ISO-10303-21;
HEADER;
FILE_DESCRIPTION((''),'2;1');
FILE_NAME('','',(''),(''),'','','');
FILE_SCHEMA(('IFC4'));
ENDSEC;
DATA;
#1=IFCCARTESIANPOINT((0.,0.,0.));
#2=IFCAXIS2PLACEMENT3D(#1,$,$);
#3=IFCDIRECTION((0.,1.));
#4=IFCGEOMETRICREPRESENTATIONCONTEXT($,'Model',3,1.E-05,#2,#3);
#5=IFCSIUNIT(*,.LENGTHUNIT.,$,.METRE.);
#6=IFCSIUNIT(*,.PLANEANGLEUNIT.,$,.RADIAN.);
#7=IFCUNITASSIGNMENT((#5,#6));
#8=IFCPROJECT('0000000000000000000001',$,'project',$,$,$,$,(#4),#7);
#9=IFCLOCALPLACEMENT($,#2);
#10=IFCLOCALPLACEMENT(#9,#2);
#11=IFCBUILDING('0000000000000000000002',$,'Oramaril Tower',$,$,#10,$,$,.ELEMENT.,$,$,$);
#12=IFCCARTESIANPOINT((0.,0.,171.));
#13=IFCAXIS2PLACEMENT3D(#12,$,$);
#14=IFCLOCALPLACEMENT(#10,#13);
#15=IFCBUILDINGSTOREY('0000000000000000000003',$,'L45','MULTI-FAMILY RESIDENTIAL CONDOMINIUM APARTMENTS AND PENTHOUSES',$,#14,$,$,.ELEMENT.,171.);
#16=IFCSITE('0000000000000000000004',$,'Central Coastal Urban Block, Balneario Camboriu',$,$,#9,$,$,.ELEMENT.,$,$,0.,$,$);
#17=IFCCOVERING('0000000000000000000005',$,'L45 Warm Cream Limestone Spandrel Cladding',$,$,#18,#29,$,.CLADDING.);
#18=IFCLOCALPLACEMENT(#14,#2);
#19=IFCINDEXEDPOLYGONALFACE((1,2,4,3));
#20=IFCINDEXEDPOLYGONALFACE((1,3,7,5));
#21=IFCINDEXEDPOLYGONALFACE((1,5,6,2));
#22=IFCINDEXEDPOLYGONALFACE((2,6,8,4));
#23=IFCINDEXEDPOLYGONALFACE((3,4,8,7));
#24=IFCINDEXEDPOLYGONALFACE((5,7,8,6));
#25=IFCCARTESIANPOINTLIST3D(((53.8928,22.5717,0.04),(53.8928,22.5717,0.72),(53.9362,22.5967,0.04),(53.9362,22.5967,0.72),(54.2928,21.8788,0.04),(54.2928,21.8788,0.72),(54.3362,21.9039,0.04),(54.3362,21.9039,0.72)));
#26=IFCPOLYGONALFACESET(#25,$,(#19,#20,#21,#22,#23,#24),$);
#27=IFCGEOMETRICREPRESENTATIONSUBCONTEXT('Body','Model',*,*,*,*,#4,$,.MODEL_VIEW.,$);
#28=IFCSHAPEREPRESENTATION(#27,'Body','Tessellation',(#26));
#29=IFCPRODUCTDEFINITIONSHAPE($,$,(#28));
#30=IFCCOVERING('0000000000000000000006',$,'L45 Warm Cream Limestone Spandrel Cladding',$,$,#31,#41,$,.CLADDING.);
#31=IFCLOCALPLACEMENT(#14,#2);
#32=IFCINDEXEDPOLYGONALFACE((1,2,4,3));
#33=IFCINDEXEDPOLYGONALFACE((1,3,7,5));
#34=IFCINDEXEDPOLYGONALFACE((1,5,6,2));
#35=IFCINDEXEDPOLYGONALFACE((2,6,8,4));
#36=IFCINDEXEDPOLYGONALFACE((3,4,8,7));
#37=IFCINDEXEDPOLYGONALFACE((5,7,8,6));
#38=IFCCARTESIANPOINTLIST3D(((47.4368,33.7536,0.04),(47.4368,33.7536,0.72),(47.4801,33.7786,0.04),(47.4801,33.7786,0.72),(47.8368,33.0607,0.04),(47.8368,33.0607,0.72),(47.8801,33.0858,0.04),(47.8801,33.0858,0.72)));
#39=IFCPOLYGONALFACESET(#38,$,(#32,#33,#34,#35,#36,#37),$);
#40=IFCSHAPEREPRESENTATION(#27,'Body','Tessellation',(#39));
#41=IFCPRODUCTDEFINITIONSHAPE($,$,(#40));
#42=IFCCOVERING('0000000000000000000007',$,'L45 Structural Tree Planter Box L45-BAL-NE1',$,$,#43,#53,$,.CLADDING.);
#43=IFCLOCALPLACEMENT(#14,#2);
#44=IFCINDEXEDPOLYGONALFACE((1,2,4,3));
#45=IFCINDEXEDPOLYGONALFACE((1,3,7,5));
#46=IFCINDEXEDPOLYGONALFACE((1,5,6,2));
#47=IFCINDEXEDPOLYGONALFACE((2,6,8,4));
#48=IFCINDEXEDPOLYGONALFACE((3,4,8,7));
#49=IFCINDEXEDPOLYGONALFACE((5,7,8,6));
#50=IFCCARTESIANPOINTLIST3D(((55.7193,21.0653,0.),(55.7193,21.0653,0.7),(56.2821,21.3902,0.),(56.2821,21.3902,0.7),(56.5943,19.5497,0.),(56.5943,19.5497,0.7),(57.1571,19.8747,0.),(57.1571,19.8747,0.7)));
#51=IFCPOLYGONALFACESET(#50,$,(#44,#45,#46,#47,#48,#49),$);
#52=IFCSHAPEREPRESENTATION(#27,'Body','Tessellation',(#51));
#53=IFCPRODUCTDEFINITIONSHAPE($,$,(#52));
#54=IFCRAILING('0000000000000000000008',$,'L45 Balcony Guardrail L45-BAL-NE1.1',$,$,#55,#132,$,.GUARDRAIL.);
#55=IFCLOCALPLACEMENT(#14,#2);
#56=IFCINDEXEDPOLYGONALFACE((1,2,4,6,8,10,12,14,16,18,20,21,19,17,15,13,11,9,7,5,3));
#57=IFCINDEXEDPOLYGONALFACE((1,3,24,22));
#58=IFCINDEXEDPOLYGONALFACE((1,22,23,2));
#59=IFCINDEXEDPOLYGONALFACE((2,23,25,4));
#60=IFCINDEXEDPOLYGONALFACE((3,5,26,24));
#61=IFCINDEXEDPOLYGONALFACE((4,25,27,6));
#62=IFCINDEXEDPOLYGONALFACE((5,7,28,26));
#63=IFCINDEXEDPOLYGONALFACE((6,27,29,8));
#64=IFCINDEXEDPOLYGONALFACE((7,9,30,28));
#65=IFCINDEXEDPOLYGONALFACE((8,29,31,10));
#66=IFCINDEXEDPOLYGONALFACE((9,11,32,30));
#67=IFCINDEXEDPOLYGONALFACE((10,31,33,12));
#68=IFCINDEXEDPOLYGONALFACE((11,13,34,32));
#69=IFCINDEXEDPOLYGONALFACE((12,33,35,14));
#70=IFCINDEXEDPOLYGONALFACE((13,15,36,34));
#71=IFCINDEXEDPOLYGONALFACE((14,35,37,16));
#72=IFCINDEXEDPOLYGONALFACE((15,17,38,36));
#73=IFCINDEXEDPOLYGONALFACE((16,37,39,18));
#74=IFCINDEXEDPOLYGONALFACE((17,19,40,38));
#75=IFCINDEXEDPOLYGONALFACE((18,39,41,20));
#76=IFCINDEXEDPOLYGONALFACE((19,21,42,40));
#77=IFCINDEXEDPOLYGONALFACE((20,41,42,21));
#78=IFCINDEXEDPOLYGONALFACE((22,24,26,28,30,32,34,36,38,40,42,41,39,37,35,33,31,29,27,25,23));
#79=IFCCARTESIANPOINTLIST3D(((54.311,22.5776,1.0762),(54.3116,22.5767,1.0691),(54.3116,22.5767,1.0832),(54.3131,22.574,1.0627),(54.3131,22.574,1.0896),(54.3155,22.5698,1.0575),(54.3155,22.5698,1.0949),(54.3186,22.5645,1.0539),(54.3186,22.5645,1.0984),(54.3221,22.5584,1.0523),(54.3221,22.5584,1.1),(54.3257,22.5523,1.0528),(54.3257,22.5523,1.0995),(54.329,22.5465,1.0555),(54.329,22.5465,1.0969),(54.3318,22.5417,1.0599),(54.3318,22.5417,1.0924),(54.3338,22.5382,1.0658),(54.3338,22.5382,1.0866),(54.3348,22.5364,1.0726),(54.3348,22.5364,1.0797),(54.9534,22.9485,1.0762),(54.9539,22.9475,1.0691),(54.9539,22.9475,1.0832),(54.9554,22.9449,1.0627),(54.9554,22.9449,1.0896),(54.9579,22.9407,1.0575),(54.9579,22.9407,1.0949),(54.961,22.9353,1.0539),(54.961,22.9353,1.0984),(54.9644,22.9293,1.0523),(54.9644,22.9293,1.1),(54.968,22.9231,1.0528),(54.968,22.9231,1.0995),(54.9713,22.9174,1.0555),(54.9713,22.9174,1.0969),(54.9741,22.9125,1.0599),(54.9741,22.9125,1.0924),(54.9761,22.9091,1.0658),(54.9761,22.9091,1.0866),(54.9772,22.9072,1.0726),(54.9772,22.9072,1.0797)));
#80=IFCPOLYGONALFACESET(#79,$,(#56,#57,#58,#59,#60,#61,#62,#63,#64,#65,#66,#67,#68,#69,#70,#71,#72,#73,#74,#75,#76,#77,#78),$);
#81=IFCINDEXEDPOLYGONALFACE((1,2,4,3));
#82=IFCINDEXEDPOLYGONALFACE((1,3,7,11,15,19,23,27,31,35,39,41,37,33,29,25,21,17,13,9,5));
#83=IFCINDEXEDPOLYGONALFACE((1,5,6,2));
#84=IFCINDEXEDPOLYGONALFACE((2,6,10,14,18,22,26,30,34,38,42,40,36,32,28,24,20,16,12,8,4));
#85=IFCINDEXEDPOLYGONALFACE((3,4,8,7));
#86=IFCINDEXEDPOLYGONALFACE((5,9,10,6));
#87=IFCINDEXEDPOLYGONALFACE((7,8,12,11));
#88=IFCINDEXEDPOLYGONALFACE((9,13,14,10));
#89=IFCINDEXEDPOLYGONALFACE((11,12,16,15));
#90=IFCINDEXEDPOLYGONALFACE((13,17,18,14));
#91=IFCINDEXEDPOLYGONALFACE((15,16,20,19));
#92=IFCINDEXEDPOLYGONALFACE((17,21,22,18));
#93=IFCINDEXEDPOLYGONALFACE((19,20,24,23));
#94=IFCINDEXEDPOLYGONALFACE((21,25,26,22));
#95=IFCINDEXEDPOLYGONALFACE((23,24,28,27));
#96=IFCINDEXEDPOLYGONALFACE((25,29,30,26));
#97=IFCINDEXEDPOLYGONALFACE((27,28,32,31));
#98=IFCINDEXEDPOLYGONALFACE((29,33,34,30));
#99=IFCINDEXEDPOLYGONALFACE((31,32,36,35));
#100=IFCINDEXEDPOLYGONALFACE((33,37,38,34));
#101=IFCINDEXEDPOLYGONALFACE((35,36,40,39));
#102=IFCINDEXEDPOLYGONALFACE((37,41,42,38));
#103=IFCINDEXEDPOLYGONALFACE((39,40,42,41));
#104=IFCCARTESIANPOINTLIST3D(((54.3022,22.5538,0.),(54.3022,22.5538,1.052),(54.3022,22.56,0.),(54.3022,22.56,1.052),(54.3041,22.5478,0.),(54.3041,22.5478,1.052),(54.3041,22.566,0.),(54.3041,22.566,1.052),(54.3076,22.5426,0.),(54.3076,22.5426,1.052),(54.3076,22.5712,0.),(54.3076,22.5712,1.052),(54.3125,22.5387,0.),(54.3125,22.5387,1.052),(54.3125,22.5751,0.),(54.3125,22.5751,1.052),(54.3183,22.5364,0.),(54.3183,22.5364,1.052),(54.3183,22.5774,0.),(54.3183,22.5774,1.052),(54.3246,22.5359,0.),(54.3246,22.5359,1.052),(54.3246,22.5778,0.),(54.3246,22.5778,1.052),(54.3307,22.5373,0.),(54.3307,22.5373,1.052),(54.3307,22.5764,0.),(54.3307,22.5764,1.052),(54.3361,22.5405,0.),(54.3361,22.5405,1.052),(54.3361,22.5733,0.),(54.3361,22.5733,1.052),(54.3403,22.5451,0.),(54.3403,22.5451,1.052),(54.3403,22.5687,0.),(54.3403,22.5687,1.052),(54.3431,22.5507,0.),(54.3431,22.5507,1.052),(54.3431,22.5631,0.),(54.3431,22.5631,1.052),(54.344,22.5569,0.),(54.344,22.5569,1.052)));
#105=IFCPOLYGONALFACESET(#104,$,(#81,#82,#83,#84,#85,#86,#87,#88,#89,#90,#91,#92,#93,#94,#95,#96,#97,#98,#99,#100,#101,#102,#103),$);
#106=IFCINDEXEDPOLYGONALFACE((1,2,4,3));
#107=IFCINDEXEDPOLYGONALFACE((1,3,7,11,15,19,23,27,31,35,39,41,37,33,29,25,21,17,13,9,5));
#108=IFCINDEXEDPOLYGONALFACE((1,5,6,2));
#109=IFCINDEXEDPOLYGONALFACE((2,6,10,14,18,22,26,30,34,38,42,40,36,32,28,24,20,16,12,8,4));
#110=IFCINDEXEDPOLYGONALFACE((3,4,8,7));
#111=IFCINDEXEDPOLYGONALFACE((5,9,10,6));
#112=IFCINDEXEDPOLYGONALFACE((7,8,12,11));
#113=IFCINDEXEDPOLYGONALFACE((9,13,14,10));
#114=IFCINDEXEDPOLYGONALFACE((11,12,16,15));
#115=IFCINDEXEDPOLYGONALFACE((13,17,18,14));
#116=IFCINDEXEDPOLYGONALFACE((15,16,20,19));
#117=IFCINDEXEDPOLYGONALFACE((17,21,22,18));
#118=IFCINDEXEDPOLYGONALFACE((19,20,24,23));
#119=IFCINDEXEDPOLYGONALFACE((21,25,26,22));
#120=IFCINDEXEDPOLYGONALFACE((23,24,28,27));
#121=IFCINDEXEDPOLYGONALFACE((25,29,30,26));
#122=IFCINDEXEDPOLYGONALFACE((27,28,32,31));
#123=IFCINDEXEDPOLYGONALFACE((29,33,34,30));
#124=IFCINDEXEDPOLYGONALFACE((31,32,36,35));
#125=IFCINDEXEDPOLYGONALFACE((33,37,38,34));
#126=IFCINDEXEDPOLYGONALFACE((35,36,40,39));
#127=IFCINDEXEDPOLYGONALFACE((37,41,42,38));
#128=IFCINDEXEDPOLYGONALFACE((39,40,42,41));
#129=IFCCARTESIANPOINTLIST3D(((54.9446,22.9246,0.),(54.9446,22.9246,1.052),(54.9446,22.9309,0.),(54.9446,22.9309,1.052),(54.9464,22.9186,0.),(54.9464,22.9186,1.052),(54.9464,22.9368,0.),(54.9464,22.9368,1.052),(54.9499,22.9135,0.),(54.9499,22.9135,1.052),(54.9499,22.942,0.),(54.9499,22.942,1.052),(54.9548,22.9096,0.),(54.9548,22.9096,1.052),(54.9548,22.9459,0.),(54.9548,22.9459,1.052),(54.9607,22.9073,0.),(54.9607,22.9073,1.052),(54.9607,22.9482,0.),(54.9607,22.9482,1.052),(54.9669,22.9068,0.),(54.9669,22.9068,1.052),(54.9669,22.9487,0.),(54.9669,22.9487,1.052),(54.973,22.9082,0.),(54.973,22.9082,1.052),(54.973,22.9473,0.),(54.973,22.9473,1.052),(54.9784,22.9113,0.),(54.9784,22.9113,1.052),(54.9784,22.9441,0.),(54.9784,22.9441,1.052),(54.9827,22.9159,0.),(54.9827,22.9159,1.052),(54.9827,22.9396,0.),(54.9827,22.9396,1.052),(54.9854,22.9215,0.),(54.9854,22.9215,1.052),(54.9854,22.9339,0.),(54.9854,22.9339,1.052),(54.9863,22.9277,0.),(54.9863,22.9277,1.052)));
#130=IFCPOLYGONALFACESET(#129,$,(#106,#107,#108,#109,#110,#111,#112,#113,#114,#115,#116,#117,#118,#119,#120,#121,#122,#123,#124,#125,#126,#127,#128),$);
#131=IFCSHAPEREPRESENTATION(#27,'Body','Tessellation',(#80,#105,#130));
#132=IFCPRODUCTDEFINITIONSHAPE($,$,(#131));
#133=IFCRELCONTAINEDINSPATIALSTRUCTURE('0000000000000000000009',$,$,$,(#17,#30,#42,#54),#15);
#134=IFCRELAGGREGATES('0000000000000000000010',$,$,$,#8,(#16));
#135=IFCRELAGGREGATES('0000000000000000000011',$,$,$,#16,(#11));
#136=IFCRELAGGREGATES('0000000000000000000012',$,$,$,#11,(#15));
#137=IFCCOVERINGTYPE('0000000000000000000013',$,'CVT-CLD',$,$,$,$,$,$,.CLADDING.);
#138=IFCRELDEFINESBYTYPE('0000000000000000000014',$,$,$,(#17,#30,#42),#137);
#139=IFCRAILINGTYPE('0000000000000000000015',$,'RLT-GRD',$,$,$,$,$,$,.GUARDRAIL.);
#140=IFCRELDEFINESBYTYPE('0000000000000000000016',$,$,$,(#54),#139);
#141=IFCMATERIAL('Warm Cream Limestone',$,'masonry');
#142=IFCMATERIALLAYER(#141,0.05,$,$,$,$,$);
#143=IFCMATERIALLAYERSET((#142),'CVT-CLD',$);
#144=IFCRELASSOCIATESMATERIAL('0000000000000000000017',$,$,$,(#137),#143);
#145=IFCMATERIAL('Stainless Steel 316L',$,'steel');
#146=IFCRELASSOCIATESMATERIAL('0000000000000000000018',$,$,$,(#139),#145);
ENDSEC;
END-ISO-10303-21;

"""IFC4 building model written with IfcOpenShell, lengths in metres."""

from ifc_helpers import new_model, si_unit, direction, frame, origin, origin_2d, place, context, subcontext, project, spatial, rectangle, circle, extrude, material, layer, layer_set, type_object, element, save


model = new_model("IFC4")

# Units and contexts
model_context = context("Model", 3, precision=1e-05, world=origin(), true_north=direction((0.0, 1.0)))
body_context = subcontext(model_context, "Body", "Model", "MODEL_VIEW")
ifc_project = project(units=[si_unit("LENGTHUNIT", "METRE"), si_unit("PLANEANGLEUNIT", "RADIAN")], contexts=[model_context])

# Site, building, storey
site_placement = place(None, origin())
site = spatial("IfcSite", under=ifc_project, at=site_placement, Name="Central Coastal Urban Block, Balneario Camboriu", CompositionType="ELEMENT", RefElevation=0.0)
building_placement = place(site_placement, origin())
building = spatial("IfcBuilding", under=site, at=building_placement, Name="Oramaril Tower", CompositionType="ELEMENT")
storey_placement = place(building_placement, frame((0.0, 0.0, 171.0)))
storey = spatial("IfcBuildingStorey", under=building, at=storey_placement, Name="L45", Description="MULTI-FAMILY RESIDENTIAL CONDOMINIUM APARTMENTS AND PENTHOUSES", CompositionType="ELEMENT", Elevation=171.0)

# Coverings
ifc_material_1 = material(Name="Warm Cream Limestone", Category="masonry")
ifc_layer_1 = layer(ifc_material_1, 0.05)
ifc_layer_set_1 = layer_set([ifc_layer_1], Name="CVT-CLD")
covering_type = type_object("IfcCoveringType", Name="CVT-CLD", PredefinedType="CLADDING", material=ifc_layer_set_1)
for number, where, z_axis, x_axis, name in (
    (1, (54.1145, 22.2378, 0.04), (0.0, 0.0, 1.0), (-0.5, 0.866025, 0.0), "L45 Warm Cream Limestone Spandrel Cladding"),
    (2, (47.6584, 33.4197, 0.04), (0.0, 0.0, 1.0), (-0.5, 0.866025, 0.0), "L45 Warm Cream Limestone Spandrel Cladding"),
):
    element("IfcCovering", number, at=place(storey_placement, frame(where, z_axis=z_axis, x_axis=x_axis)), inside=storey, type_object=covering_type, Name=name, PredefinedType="CLADDING", context=body_context, shape_type="SweptSolid", body=[
        extrude(rectangle(XDim=0.8, YDim=0.05, at=origin_2d()), origin(), (0.0, 0.0, 1.0), 0.6799),
    ])
covering_placement = place(storey_placement, frame((56.4382, 20.47, 0.0), z_axis=(0.0, 0.0, 1.0), x_axis=(-0.500002, 0.866025, 0.0)))
element("IfcCovering", 3, at=covering_placement, inside=storey, type_object=covering_type, Name="L45 Structural Tree Planter Box L45-BAL-NE1", PredefinedType="CLADDING", context=body_context, shape_type="SweptSolid", body=[
    extrude(rectangle(XDim=1.75, YDim=0.6499, at=origin_2d()), origin(), (0.0, 0.0, 1.0), 0.7),
])

# Railing
ifc_material_2 = material(Name="Stainless Steel 316L", Category="steel")
railing_type = type_object("IfcRailingType", Name="RLT-GRD", PredefinedType="GUARDRAIL", material=ifc_material_2)
railing_1_placement = place(storey_placement, frame((54.323, 22.5569, 0.0)))
element("IfcRailing", 4, at=railing_1_placement, inside=storey, type_object=railing_type, Name="L45 Balcony Guardrail L45-BAL-NE1.1", PredefinedType="GUARDRAIL", context=body_context, shape_type="SweptSolid", body=[
    extrude(circle(Radius=0.0239, at=origin_2d()), frame((0.0, 0.0, 1.0762), z_axis=(0.866027, 0.499998, 0.0), x_axis=(-0.499998, 0.866027, 0.0)), (0.0, 0.0, 1.0), 0.7417),
    extrude(circle(Radius=0.021, at=origin_2d()), origin(), (0.0, 0.0, 1.0), 1.052),
    extrude(circle(Radius=0.021, at=origin_2d()), frame((0.6423, 0.3708, 0.0)), (0.0, 0.0, 1.0), 1.052),
])

save(model, "model.ifc")
